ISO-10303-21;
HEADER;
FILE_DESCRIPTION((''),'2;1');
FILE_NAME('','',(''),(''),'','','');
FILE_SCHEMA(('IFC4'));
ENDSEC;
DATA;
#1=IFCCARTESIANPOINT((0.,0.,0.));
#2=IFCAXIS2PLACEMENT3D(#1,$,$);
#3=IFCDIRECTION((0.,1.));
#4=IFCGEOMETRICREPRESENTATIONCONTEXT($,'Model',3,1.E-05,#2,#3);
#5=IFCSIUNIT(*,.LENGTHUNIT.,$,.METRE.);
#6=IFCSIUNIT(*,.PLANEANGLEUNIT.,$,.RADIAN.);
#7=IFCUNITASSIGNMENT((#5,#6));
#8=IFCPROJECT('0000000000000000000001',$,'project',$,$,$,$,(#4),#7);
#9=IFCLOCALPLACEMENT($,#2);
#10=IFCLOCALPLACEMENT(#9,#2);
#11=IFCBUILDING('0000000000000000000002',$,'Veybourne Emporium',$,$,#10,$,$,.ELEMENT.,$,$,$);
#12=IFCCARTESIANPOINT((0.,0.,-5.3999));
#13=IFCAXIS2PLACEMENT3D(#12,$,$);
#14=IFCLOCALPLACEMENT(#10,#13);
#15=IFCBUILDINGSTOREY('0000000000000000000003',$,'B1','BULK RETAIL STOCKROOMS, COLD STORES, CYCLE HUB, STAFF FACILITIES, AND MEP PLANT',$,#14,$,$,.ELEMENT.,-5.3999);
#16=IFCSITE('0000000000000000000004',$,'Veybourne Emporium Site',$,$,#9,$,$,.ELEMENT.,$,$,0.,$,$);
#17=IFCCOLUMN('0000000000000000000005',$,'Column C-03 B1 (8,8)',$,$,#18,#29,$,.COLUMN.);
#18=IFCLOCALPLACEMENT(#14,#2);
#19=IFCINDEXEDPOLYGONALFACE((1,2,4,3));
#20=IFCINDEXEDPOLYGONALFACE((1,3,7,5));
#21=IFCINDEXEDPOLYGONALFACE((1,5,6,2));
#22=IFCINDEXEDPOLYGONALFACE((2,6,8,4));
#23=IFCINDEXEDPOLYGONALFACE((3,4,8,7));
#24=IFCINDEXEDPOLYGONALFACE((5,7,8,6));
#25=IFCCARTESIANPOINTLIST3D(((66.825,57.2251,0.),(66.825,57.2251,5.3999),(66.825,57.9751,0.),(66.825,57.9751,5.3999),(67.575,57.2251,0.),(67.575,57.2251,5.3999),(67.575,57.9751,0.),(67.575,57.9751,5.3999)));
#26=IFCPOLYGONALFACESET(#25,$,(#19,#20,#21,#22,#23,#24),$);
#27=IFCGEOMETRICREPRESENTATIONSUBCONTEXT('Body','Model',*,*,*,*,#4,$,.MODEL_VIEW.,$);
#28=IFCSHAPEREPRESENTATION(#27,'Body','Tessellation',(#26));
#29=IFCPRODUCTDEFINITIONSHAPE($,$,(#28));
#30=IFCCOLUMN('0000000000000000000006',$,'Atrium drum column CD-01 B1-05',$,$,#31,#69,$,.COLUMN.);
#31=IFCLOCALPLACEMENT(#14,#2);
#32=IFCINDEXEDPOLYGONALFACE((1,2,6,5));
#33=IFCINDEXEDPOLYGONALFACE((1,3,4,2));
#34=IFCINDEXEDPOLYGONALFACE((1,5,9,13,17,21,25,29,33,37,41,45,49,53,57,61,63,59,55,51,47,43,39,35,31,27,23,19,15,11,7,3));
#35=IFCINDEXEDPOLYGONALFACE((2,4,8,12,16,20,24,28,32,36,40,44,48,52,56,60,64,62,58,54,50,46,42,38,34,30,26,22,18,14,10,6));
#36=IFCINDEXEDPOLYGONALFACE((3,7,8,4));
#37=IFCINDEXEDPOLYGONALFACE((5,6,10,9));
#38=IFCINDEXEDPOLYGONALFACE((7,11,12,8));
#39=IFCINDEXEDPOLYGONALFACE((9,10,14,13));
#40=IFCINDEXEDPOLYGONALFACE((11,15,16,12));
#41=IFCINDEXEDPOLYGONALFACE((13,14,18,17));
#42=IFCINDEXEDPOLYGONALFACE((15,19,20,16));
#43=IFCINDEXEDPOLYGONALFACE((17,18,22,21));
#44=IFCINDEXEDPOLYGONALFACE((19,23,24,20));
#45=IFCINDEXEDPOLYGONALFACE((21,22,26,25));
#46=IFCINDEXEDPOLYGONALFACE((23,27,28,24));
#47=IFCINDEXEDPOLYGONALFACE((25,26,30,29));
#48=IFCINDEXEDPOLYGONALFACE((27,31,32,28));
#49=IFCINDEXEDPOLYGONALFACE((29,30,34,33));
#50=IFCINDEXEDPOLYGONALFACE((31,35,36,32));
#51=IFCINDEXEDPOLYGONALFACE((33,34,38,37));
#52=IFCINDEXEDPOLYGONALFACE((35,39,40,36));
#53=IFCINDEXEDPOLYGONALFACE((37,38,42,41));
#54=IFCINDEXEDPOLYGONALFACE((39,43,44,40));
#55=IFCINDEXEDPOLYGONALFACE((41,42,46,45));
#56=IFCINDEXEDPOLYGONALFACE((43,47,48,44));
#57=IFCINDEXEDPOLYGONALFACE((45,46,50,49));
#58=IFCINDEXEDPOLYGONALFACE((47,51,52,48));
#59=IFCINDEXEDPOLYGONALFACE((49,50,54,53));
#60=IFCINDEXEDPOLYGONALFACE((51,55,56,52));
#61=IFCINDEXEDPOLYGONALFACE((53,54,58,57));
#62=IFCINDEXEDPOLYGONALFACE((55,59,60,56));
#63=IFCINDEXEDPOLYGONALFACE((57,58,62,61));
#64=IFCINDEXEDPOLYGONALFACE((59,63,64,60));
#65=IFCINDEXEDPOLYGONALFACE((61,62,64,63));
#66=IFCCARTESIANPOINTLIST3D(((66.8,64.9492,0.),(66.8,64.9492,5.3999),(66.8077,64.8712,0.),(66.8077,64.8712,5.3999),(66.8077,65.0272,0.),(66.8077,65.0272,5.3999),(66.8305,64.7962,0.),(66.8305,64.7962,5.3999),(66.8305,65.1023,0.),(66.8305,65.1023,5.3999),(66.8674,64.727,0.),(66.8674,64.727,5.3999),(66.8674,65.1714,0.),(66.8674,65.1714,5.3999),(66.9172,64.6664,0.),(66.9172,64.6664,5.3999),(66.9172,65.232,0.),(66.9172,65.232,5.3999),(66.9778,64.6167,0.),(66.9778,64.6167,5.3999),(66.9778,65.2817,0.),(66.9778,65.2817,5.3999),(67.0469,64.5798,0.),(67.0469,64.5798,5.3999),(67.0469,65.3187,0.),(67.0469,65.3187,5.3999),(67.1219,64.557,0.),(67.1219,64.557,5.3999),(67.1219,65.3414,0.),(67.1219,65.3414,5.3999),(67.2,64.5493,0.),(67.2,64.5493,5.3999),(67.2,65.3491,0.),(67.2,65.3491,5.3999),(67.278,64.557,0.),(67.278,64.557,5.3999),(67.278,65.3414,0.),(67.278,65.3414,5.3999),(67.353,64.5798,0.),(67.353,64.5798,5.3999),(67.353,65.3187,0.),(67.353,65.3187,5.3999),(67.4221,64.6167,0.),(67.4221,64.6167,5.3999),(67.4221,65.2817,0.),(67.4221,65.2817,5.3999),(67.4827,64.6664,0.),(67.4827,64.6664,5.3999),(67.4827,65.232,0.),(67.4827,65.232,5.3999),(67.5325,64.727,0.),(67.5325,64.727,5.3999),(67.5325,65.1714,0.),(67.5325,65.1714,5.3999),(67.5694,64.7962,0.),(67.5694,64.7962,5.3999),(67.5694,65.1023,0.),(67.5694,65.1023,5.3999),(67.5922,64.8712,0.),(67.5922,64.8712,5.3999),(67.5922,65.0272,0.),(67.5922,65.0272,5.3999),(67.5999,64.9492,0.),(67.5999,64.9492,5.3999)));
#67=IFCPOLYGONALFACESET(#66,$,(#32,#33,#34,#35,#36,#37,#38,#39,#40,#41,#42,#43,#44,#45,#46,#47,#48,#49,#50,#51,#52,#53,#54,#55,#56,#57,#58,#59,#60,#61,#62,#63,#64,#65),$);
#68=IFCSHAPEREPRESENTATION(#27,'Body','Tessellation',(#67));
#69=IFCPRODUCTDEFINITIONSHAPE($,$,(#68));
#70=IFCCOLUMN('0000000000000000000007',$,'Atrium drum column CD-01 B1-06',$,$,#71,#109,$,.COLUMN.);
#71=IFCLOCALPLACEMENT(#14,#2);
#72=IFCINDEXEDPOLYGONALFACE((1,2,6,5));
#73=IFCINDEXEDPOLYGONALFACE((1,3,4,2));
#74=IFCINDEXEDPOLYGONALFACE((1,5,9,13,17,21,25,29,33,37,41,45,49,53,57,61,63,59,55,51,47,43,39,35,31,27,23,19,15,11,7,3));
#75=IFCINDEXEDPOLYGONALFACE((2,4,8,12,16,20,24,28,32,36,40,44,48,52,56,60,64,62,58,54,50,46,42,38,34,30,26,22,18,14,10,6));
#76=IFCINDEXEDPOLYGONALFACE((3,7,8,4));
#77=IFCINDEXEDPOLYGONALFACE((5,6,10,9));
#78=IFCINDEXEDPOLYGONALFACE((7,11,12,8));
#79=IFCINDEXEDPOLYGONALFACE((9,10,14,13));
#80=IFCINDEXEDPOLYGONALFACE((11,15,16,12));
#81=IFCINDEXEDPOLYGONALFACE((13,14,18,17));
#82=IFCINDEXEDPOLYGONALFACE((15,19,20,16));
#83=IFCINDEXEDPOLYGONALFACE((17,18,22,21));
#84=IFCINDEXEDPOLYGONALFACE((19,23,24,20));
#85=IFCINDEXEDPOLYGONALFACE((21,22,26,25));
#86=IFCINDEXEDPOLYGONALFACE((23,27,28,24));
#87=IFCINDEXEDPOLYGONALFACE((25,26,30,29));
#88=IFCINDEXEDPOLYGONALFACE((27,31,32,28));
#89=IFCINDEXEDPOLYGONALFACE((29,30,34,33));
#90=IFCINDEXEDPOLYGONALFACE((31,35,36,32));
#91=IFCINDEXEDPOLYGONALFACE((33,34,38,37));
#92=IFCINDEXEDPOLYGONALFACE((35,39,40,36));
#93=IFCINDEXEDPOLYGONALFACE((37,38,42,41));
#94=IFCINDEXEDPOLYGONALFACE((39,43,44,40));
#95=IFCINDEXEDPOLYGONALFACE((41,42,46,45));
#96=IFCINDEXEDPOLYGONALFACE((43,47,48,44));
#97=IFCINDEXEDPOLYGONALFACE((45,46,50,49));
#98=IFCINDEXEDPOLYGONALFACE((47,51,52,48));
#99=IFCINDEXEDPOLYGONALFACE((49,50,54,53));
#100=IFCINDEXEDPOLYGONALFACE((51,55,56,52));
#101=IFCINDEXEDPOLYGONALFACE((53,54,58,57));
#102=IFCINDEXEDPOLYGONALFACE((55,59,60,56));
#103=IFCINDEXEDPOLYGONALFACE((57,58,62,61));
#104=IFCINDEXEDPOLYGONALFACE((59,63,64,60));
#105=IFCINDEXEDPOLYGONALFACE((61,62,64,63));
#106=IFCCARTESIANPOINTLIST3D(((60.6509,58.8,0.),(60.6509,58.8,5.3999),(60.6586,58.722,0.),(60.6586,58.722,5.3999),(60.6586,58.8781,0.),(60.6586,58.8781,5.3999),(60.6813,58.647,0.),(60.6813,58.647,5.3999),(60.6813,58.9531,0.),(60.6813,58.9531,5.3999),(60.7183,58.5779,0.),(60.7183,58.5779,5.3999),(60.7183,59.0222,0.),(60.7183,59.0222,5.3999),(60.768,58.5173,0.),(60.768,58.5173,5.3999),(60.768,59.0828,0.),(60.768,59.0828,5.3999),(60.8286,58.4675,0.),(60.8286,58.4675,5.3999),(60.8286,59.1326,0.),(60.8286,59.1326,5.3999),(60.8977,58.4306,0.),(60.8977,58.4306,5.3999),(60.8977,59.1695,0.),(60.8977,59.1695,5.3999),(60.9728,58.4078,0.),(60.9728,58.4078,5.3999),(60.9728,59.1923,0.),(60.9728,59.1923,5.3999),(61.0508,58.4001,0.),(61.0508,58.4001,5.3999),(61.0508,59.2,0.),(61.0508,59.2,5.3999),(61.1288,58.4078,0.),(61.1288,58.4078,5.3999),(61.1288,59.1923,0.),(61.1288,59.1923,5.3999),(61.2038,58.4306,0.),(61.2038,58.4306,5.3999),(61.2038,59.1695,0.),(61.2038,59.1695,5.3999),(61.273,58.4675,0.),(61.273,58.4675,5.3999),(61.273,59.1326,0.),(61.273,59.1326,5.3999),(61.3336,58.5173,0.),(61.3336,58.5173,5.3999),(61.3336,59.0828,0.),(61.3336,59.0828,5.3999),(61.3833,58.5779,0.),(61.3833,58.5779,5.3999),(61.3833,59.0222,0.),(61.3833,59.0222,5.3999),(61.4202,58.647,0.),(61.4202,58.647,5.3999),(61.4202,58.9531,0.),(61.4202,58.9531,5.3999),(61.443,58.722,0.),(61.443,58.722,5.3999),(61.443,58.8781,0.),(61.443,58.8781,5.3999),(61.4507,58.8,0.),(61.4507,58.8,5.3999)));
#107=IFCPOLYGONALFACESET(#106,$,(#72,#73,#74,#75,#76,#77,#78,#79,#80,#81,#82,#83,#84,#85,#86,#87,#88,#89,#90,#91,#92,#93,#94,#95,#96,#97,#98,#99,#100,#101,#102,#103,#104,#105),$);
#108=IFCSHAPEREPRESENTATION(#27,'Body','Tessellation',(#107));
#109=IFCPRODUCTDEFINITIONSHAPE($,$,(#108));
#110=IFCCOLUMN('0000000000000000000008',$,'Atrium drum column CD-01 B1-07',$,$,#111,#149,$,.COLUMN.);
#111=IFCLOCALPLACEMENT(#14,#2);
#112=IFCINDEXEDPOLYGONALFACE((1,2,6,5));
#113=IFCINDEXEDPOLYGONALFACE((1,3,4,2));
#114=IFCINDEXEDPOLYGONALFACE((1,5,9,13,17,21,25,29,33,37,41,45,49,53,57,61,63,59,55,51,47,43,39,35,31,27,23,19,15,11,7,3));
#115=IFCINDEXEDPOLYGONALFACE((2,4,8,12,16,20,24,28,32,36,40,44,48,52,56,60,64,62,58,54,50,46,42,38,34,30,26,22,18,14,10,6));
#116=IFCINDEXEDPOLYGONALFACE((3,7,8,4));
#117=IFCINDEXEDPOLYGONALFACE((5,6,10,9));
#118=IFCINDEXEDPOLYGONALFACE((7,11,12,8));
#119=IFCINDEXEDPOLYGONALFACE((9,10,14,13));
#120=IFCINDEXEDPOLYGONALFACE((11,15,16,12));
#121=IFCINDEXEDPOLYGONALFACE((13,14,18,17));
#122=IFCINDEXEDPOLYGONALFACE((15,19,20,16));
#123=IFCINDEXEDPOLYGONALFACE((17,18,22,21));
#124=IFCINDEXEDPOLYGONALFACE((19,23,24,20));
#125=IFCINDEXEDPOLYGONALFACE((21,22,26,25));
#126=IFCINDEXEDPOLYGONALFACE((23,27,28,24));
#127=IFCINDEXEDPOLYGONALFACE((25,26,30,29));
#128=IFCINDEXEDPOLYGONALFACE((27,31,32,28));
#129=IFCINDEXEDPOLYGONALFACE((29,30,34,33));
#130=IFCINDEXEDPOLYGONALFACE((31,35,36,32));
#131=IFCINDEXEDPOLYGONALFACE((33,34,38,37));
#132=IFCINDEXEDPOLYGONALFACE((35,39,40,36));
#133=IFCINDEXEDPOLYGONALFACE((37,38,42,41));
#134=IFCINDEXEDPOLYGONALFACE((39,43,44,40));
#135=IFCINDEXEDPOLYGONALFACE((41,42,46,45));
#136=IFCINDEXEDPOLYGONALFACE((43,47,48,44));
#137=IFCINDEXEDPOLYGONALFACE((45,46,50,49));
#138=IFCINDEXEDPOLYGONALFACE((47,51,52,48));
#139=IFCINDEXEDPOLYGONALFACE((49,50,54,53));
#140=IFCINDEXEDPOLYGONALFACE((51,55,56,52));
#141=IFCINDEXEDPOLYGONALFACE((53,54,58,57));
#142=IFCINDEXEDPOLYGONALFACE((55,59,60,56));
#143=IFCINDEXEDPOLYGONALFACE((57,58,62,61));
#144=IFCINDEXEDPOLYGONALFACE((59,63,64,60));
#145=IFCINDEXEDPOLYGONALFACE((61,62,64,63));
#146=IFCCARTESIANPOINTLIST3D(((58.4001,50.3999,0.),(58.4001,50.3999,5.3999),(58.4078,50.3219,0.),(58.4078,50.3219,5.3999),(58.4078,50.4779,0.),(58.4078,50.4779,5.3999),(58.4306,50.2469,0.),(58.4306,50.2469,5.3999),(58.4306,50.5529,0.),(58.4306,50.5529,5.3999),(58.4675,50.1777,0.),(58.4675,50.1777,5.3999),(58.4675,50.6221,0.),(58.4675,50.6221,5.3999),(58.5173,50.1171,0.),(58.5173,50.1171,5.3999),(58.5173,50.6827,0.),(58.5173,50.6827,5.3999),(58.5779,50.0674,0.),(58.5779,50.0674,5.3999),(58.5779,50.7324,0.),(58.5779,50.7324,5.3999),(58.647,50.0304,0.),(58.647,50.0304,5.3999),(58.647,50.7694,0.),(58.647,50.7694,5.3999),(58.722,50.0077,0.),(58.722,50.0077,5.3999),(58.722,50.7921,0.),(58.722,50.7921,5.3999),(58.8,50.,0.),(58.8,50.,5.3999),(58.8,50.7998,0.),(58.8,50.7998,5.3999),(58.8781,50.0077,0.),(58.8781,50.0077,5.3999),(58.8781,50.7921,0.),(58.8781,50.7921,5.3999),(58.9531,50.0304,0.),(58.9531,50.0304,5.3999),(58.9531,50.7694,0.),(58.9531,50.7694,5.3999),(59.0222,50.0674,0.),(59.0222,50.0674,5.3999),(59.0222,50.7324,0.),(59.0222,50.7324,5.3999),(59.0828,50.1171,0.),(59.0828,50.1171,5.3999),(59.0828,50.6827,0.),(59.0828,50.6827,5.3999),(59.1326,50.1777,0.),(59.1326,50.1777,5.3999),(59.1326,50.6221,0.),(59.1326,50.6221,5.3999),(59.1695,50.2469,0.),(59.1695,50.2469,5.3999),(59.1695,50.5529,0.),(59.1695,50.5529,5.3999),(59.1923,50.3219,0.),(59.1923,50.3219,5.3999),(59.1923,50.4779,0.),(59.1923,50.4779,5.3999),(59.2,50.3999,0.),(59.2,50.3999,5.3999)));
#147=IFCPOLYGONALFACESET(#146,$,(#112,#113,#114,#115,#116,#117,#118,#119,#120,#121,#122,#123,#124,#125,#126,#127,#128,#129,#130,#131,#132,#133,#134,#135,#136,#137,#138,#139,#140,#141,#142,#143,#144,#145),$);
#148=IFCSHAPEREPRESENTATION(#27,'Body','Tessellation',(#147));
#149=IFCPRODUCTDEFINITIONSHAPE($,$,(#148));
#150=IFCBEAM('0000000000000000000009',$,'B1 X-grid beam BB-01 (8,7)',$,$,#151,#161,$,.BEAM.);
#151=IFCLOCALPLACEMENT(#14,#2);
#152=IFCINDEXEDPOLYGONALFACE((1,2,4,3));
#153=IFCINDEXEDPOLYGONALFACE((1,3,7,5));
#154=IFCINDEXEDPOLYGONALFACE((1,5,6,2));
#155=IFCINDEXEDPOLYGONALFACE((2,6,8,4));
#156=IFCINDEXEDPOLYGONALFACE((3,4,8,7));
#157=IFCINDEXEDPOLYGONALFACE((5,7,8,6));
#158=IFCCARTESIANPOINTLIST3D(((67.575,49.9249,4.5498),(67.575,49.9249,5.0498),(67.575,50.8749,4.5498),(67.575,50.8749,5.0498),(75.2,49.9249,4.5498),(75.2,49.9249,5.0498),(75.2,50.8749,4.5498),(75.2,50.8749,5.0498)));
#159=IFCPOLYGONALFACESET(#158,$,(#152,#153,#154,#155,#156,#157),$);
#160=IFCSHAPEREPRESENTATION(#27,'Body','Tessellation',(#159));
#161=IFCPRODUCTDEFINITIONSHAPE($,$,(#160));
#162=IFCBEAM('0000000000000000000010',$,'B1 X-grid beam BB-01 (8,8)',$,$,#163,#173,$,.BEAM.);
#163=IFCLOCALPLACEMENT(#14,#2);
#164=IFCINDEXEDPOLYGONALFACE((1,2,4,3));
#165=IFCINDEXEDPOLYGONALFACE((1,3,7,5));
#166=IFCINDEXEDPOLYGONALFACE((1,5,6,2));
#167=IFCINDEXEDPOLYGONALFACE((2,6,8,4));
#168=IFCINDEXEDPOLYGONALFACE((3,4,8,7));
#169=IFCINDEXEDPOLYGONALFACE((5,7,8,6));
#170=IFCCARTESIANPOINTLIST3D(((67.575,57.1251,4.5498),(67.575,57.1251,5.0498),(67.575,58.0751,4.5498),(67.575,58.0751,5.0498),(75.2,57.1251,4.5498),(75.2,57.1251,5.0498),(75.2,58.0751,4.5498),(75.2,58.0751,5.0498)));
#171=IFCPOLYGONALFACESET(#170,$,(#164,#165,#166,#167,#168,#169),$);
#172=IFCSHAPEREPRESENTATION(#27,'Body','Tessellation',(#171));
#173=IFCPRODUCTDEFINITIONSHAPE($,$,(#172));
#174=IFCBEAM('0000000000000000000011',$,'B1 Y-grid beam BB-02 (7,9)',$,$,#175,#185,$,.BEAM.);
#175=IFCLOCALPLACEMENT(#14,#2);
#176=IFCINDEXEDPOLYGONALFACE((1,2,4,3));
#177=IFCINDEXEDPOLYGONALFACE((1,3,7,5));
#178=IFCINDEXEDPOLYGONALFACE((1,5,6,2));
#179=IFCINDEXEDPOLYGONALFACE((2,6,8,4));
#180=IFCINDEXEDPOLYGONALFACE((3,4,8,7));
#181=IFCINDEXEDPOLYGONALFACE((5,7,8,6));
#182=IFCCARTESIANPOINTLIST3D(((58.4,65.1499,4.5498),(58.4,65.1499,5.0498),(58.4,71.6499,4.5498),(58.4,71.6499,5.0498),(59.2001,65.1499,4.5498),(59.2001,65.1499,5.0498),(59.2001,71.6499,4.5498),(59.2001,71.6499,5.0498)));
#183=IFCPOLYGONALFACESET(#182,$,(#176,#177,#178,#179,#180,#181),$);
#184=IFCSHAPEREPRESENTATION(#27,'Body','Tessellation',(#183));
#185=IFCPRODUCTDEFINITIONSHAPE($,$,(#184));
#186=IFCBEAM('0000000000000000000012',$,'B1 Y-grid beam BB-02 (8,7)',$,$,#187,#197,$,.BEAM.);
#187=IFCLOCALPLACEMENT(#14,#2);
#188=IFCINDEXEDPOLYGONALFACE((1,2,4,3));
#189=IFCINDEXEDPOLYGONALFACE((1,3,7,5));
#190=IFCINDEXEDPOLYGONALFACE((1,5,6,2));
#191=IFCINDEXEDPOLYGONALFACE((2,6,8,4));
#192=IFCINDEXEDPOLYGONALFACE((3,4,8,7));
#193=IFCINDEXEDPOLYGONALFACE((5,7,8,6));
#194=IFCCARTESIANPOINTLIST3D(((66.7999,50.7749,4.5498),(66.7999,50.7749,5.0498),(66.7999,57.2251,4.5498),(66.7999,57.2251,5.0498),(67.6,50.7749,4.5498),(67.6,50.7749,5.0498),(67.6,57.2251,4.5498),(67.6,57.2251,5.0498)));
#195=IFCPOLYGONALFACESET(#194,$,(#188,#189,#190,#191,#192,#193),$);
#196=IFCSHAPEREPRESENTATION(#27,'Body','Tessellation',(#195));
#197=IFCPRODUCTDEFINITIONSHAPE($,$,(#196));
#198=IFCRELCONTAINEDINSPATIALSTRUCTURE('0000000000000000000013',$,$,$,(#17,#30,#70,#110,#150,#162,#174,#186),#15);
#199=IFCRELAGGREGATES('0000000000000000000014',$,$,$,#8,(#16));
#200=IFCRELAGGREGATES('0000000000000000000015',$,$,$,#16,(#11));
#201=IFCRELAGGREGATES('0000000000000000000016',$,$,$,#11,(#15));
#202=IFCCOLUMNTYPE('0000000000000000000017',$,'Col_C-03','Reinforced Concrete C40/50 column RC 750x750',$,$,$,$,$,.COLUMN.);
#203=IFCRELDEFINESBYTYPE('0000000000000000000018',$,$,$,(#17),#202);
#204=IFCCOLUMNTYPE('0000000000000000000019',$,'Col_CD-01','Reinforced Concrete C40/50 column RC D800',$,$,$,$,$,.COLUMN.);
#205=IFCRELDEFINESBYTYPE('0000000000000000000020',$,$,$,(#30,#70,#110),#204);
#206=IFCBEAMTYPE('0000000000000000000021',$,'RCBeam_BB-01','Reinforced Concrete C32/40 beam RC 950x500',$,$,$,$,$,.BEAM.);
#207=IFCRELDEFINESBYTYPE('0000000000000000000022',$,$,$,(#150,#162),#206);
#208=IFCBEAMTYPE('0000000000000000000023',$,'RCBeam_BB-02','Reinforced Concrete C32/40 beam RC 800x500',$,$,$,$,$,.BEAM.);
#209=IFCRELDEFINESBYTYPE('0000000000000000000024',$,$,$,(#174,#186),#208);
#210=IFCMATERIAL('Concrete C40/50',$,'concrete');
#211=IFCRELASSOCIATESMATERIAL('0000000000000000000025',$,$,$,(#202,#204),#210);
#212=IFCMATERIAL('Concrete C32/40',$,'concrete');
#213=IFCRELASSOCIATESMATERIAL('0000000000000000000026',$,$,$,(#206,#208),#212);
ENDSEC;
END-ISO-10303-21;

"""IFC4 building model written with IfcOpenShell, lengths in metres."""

from ifc_helpers import new_model, si_unit, direction, frame, origin, origin_2d, place, context, subcontext, project, spatial, rectangle, circle, extrude, material, material_profile, profile_set, type_object, element, save


model = new_model("IFC4")

# Units and contexts
model_context = context("Model", 3, precision=1e-05, world=origin(), true_north=direction((0.0, 1.0)))
body_context = subcontext(model_context, "Body", "Model", "MODEL_VIEW")
ifc_project = project(units=[si_unit("LENGTHUNIT", "METRE"), si_unit("PLANEANGLEUNIT", "RADIAN")], contexts=[model_context])

# Site, building, storey
site_placement = place(None, origin())
site = spatial("IfcSite", under=ifc_project, at=site_placement, Name="Veybourne Emporium Site", CompositionType="ELEMENT", RefElevation=0.0)
building_placement = place(site_placement, origin())
building = spatial("IfcBuilding", under=site, at=building_placement, Name="Veybourne Emporium", CompositionType="ELEMENT")
storey_placement = place(building_placement, frame((0.0, 0.0, -5.3999)))
storey = spatial("IfcBuildingStorey", under=building, at=storey_placement, Name="B1", Description="BULK RETAIL STOCKROOMS, COLD STORES, CYCLE HUB, STAFF FACILITIES, AND MEP PLANT", CompositionType="ELEMENT", Elevation=-5.3999)

# Columns
ifc_material_1 = material(Name="Concrete C40/50", Category="concrete")
ifc_material_profile_1 = material_profile(ifc_material_1, rectangle(XDim=0.75, YDim=0.75, at=origin_2d()), Name="RC 750x750")
ifc_profile_set_1 = profile_set([ifc_material_profile_1], Name="Concrete C40/50")
column_type_1 = type_object("IfcColumnType", Name="Col_C-03", Description="Reinforced Concrete C40/50 column RC 750x750", PredefinedType="COLUMN", material=ifc_profile_set_1)
for number, where, z_axis, x_axis, name in (
    (1, (67.2, 57.6001, 0.0), (0.0, 0.0, 1.0), (1.0, 0.0, 0.0), "Column C-03 B1 (8,8)"),
):
    element("IfcColumn", number, at=place(storey_placement, frame(where, z_axis=z_axis, x_axis=x_axis)), inside=storey, type_object=column_type_1, Name=name, PredefinedType="COLUMN", context=body_context, shape_type="SweptSolid", body=[
        extrude(rectangle(XDim=0.75, YDim=0.75, at=origin_2d()), origin(), (0.0, 0.0, 1.0), 5.3999),
    ])
ifc_material_profile_2 = material_profile(ifc_material_1, circle(Radius=0.3999, at=origin_2d()), Name="RC D800")
ifc_profile_set_2 = profile_set([ifc_material_profile_2], Name="Concrete C40/50")
column_type_2 = type_object("IfcColumnType", Name="Col_CD-01", Description="Reinforced Concrete C40/50 column RC D800", PredefinedType="COLUMN", material=ifc_profile_set_2)
for number, where, z_axis, x_axis, name in (
    (2, (67.2, 64.9492, 0.0), (0.0, 0.0, 1.0), (1.0, 0.0, 0.0), "Atrium drum column CD-01 B1-05"),
    (3, (61.0508, 58.8, 0.0), (0.0, 0.0, 1.0), (1.0, 0.0, 0.0), "Atrium drum column CD-01 B1-06"),
    (4, (58.8, 50.3999, 0.0), (0.0, 0.0, 1.0), (1.0, 0.0, 0.0), "Atrium drum column CD-01 B1-07"),
):
    element("IfcColumn", number, at=place(storey_placement, frame(where, z_axis=z_axis, x_axis=x_axis)), inside=storey, type_object=column_type_2, Name=name, PredefinedType="COLUMN", context=body_context, shape_type="SweptSolid", body=[
        extrude(circle(Radius=0.3999, at=origin_2d()), origin(), (0.0, 0.0, 1.0), 5.3999),
    ])

# Beams
ifc_material_2 = material(Name="Concrete C32/40", Category="concrete")
ifc_material_profile_3 = material_profile(ifc_material_2, rectangle(XDim=0.95, YDim=0.5, at=origin_2d()), Name="RC 950x500")
ifc_profile_set_3 = profile_set([ifc_material_profile_3], Name="Concrete C32/40")
beam_type_1 = type_object("IfcBeamType", Name="RCBeam_BB-01", Description="Reinforced Concrete C32/40 beam RC 950x500", PredefinedType="BEAM", material=ifc_profile_set_3)
for number, where, z_axis, x_axis, name in (
    (5, (67.575, 50.3999, 4.7998), (1.0, 0.0, 0.0), (0.0, 1.0, 0.0), "B1 X-grid beam BB-01 (8,7)"),
    (6, (67.575, 57.6001, 4.7998), (1.0, 0.0, 0.0), (0.0, 1.0, 0.0), "B1 X-grid beam BB-01 (8,8)"),
):
    element("IfcBeam", number, at=place(storey_placement, frame(where, z_axis=z_axis, x_axis=x_axis)), inside=storey, type_object=beam_type_1, Name=name, PredefinedType="BEAM", context=body_context, shape_type="SweptSolid", body=[
        extrude(rectangle(XDim=0.95, YDim=0.5, at=origin_2d()), origin(), (0.0, 0.0, 1.0), 7.625),
    ])
ifc_material_profile_4 = material_profile(ifc_material_2, rectangle(XDim=0.8, YDim=0.5, at=origin_2d()), Name="RC 800x500")
ifc_profile_set_4 = profile_set([ifc_material_profile_4], Name="Concrete C32/40")
beam_type_2 = type_object("IfcBeamType", Name="RCBeam_BB-02", Description="Reinforced Concrete C32/40 beam RC 800x500", PredefinedType="BEAM", material=ifc_profile_set_4)
beam_1_placement = place(storey_placement, frame((58.8, 65.1499, 4.7998), z_axis=(0.0, 1.0, 0.0), x_axis=(-1.0, 0.0, 0.0)))
element("IfcBeam", 7, at=beam_1_placement, inside=storey, type_object=beam_type_2, Name="B1 Y-grid beam BB-02 (7,9)", PredefinedType="BEAM", context=body_context, shape_type="SweptSolid", body=[
    extrude(rectangle(XDim=0.8, YDim=0.5, at=origin_2d()), origin(), (0.0, 0.0, 1.0), 6.5),
])
beam_2_placement = place(storey_placement, frame((67.2, 50.7749, 4.7998), z_axis=(0.0, 1.0, 0.0), x_axis=(-1.0, 0.0, 0.0)))
element("IfcBeam", 8, at=beam_2_placement, inside=storey, type_object=beam_type_2, Name="B1 Y-grid beam BB-02 (8,7)", PredefinedType="BEAM", context=body_context, shape_type="SweptSolid", body=[
    extrude(rectangle(XDim=0.8, YDim=0.5, at=origin_2d()), origin(), (0.0, 0.0, 1.0), 6.4502),
])

save(model, "model.ifc")
